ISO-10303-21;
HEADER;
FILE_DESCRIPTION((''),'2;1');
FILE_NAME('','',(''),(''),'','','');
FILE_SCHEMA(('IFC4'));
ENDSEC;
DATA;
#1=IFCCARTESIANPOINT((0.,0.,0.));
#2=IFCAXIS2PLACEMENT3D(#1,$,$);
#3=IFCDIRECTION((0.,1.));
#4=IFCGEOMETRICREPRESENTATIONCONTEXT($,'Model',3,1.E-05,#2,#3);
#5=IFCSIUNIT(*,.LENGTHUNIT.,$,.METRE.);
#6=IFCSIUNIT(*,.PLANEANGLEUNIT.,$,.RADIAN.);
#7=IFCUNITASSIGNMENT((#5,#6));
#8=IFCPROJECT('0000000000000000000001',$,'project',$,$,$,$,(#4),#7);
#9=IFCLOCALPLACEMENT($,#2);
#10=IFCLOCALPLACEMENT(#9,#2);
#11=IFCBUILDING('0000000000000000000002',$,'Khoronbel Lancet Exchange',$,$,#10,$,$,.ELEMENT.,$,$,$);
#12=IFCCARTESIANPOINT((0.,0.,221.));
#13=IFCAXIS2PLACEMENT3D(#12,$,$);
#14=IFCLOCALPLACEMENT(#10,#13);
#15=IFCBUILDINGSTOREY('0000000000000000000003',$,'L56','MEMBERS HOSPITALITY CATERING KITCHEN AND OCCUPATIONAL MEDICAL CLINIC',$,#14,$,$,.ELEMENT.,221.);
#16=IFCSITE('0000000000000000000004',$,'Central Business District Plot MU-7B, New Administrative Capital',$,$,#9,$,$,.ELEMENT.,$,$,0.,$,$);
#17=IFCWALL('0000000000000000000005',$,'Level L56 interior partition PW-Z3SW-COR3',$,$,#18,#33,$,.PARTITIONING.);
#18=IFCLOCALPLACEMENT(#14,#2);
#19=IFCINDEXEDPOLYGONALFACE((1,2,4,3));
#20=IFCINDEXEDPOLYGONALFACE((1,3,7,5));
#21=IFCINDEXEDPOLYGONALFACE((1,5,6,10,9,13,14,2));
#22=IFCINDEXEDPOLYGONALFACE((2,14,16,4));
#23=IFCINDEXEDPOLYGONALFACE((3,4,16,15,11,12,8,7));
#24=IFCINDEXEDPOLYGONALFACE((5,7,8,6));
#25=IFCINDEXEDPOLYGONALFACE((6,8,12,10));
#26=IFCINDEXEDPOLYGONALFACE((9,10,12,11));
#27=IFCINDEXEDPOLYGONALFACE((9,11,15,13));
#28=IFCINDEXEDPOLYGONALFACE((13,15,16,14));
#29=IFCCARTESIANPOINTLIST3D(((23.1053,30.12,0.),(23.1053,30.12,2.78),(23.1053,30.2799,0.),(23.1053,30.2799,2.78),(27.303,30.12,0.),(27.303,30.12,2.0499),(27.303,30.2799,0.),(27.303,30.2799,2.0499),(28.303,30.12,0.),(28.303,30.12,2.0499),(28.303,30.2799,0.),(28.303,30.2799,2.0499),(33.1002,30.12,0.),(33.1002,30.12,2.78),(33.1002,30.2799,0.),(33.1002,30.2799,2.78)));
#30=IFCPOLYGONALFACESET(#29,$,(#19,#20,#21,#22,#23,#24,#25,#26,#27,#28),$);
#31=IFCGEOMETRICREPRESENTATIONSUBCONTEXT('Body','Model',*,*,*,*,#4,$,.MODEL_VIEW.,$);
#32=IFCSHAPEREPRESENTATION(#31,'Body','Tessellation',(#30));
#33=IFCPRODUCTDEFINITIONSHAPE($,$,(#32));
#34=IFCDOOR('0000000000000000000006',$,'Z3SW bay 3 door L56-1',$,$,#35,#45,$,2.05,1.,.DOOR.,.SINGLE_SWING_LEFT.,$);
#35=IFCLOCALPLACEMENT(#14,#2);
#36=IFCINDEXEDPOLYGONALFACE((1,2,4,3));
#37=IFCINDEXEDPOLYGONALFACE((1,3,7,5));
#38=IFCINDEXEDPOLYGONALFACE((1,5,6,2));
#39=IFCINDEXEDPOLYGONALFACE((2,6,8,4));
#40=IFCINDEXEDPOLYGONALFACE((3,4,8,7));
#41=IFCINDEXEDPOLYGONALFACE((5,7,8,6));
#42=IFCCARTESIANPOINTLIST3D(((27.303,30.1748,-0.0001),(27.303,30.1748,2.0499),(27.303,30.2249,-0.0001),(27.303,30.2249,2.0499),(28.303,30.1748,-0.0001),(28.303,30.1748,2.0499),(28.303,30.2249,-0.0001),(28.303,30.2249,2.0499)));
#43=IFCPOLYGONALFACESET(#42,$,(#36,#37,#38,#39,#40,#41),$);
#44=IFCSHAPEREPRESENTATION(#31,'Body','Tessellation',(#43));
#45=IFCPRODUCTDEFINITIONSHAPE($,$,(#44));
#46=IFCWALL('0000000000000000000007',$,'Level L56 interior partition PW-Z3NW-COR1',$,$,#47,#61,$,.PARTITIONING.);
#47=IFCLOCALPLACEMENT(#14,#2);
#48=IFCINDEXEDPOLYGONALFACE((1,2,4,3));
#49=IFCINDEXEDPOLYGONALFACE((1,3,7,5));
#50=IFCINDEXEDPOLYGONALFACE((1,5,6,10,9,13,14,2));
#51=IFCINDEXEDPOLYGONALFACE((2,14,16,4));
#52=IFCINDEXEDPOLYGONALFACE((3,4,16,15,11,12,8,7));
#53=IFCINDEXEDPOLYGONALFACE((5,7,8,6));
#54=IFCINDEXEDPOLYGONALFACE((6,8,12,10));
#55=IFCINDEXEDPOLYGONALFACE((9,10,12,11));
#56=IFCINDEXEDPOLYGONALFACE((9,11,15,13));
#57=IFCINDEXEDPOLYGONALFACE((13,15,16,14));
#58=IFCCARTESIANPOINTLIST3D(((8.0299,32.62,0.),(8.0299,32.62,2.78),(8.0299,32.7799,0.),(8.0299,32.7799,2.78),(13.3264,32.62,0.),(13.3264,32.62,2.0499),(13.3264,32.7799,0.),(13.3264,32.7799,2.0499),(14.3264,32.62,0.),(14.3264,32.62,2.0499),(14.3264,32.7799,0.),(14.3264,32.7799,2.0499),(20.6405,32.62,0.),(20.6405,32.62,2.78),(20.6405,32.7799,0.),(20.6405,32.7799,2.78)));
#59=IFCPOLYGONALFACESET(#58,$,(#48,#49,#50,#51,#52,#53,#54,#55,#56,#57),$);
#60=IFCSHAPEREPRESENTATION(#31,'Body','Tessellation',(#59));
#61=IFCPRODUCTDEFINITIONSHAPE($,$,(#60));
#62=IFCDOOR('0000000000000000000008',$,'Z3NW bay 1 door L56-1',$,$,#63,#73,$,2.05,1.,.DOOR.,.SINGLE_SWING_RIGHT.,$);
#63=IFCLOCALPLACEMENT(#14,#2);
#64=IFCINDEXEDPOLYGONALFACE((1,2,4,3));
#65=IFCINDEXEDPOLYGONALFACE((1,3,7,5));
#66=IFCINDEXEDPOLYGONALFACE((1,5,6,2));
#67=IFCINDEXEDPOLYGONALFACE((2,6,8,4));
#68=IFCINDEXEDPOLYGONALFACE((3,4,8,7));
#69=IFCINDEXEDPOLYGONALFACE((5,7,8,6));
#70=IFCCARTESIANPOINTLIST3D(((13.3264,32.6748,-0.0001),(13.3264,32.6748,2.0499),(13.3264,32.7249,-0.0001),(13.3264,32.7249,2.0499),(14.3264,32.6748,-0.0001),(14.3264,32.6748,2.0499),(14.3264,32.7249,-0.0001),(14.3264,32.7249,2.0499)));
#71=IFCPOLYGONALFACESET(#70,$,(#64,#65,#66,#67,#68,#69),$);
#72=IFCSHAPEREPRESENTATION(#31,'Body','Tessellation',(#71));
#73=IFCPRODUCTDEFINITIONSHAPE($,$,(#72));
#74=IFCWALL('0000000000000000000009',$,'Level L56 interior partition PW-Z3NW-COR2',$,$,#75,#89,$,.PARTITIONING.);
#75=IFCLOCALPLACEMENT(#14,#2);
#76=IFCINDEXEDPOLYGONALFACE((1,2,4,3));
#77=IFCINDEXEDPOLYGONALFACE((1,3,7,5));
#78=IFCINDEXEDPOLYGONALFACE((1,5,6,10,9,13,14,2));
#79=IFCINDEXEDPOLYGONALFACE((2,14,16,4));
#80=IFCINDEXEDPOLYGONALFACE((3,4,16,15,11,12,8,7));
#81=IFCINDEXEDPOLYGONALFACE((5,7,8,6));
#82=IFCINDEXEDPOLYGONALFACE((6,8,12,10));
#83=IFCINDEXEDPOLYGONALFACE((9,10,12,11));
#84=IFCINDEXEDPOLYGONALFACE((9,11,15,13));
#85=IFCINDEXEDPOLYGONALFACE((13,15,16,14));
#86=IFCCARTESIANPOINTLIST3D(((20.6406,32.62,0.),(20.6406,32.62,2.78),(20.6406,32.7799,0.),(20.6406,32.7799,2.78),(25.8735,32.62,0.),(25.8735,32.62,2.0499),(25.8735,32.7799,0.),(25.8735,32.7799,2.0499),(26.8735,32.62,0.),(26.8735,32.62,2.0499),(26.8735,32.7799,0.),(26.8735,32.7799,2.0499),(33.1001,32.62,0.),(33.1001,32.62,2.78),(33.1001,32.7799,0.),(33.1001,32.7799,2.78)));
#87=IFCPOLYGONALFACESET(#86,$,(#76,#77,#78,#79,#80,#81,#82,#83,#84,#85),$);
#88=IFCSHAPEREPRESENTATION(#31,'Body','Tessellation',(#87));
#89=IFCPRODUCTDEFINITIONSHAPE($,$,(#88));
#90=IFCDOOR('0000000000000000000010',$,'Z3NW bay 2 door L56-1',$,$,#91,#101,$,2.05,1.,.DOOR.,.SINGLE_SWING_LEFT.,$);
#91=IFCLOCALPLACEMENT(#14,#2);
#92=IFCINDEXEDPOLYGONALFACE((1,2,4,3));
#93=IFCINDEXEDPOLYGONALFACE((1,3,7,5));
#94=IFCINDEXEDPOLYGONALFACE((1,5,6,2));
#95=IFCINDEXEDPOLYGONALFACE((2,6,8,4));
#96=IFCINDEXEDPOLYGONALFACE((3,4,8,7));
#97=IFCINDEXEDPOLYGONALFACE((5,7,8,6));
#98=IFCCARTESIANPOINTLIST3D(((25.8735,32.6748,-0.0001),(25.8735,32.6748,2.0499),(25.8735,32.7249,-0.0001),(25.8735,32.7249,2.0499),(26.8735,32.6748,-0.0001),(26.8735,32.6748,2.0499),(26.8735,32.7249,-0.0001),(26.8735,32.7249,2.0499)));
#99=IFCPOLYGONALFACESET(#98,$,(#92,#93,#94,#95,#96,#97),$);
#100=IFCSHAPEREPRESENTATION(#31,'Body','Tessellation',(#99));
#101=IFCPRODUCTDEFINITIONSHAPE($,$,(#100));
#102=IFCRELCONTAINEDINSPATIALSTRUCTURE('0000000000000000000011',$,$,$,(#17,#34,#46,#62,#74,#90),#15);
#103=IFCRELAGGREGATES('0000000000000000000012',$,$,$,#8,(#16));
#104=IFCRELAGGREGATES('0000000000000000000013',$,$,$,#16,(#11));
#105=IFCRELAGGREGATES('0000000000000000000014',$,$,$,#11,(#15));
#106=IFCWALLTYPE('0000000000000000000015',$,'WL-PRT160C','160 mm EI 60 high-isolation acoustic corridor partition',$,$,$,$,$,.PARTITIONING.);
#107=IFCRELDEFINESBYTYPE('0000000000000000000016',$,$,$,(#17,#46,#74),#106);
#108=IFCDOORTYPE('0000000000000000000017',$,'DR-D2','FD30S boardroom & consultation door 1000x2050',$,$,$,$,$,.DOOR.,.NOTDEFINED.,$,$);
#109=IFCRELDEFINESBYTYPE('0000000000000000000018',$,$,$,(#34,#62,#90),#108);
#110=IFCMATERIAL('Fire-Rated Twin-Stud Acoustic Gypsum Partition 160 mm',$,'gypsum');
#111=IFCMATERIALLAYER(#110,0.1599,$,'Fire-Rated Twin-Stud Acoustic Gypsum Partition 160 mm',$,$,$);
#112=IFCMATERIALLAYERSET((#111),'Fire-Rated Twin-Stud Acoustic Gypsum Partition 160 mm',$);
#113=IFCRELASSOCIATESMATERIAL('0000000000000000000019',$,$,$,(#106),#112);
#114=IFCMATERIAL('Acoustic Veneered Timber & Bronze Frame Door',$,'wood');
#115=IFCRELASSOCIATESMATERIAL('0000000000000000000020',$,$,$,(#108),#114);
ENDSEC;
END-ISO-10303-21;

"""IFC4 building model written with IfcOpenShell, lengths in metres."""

from ifc_helpers import new_model, si_unit, direction, frame, frame_2d, origin, place, context, subcontext, project, spatial, rectangle, extrude, material, layer, layer_set, type_object, element, fill, save


model = new_model("IFC4")

# Units and contexts
model_context = context("Model", 3, precision=1e-05, world=origin(), true_north=direction((0.0, 1.0)))
body_context = subcontext(model_context, "Body", "Model", "MODEL_VIEW")
ifc_project = project(units=[si_unit("LENGTHUNIT", "METRE"), si_unit("PLANEANGLEUNIT", "RADIAN")], contexts=[model_context])

# Site, building, storey
site_placement = place(None, origin())
site = spatial("IfcSite", under=ifc_project, at=site_placement, Name="Central Business District Plot MU-7B, New Administrative Capital", CompositionType="ELEMENT", RefElevation=0.0)
building_placement = place(site_placement, origin())
building = spatial("IfcBuilding", under=site, at=building_placement, Name="Khoronbel Lancet Exchange", CompositionType="ELEMENT")
storey_placement = place(building_placement, frame((0.0, 0.0, 221.0)))
storey = spatial("IfcBuildingStorey", under=building, at=storey_placement, Name="L56", Description="MEMBERS HOSPITALITY CATERING KITCHEN AND OCCUPATIONAL MEDICAL CLINIC", CompositionType="ELEMENT", Elevation=221.0)

# Walls, openings, doors
ifc_material_1 = material(Name="Fire-Rated Twin-Stud Acoustic Gypsum Partition 160 mm", Category="gypsum")
ifc_layer_1 = layer(ifc_material_1, 0.1599, Name="Fire-Rated Twin-Stud Acoustic Gypsum Partition 160 mm")
ifc_layer_set_1 = layer_set([ifc_layer_1], Name="Fire-Rated Twin-Stud Acoustic Gypsum Partition 160 mm")
wall_type_1 = type_object("IfcWallType", Name="WL-PRT160C", Description="160 mm EI 60 high-isolation acoustic corridor partition", PredefinedType="PARTITIONING", material=ifc_layer_set_1)
ifc_material_2 = material(Name="Acoustic Veneered Timber & Bronze Frame Door", Category="wood")
door_type_1 = type_object("IfcDoorType", Name="DR-D2", Description="FD30S boardroom & consultation door 1000x2050", OperationType="NOTDEFINED", PredefinedType="DOOR", material=ifc_material_2)
wall_1_placement = place(storey_placement, frame((23.1052, 30.2, 0.0), z_axis=(0.0, 0.0, 1.0), x_axis=(1.0, 0.0, 0.0)))
wall_1 = element("IfcWall", 1, at=wall_1_placement, inside=storey, type_object=wall_type_1, Name="Level L56 interior partition PW-Z3SW-COR3", PredefinedType="PARTITIONING", context=body_context, shape_type="SweptSolid", body=[
    extrude(rectangle(XDim=9.9949, YDim=0.1599, at=frame_2d((4.9976, 0.0))), origin(), (0.0, 0.0, 1.0), 2.78),
])
opening_1_placement = place(wall_1_placement, frame((4.1978, 0.0, 0.0)))
opening_1 = element("IfcOpeningElement", 2, at=opening_1_placement, cuts=wall_1, PredefinedType="OPENING", context=body_context, shape_type="SweptSolid", body=[
    extrude(rectangle(XDim=1.0, YDim=2.05, at=frame_2d((0.5, 1.0249))), frame((0.0, 0.0898, 0.0), z_axis=(0.0, -1.0, 0.0), x_axis=(1.0, 0.0, 0.0)), (0.0, 0.0, 1.0), 0.1799),
])
door_1_placement = place(opening_1_placement, origin())
door_1 = element("IfcDoor", 3, at=door_1_placement, inside=storey, type_object=door_type_1, Name="Z3SW bay 3 door L56-1", OperationType="SINGLE_SWING_LEFT", OverallHeight=2.05, OverallWidth=1.0, PredefinedType="DOOR", context=body_context, shape_type="SweptSolid", body=[
    extrude(rectangle(XDim=1.0, YDim=2.05, at=frame_2d((0.5, 1.0249))), frame((0.0, 0.0249, 0.0), z_axis=(0.0, -1.0, 0.0), x_axis=(1.0, 0.0, 0.0)), (0.0, 0.0, 1.0), 0.05),
])
fill(opening_1, door_1)
wall_2_placement = place(storey_placement, frame((8.03, 32.7, 0.0), z_axis=(0.0, 0.0, 1.0), x_axis=(1.0, 0.0, 0.0)))
wall_2 = element("IfcWall", 4, at=wall_2_placement, inside=storey, type_object=wall_type_1, Name="Level L56 interior partition PW-Z3NW-COR1", PredefinedType="PARTITIONING", context=body_context, shape_type="SweptSolid", body=[
    extrude(rectangle(XDim=12.6106, YDim=0.1599, at=frame_2d((6.3052, 0.0))), origin(), (0.0, 0.0, 1.0), 2.78),
])
opening_2_placement = place(wall_2_placement, frame((5.2964, 0.0, 0.0)))
opening_2 = element("IfcOpeningElement", 5, at=opening_2_placement, cuts=wall_2, PredefinedType="OPENING", context=body_context, shape_type="SweptSolid", body=[
    extrude(rectangle(XDim=1.0, YDim=2.05, at=frame_2d((0.5, 1.0249))), frame((0.0, 0.0898, 0.0), z_axis=(0.0, -1.0, 0.0), x_axis=(1.0, 0.0, 0.0)), (0.0, 0.0, 1.0), 0.1799),
])
door_2_placement = place(opening_2_placement, origin())
door_2 = element("IfcDoor", 6, at=door_2_placement, inside=storey, type_object=door_type_1, Name="Z3NW bay 1 door L56-1", OperationType="SINGLE_SWING_RIGHT", OverallHeight=2.05, OverallWidth=1.0, PredefinedType="DOOR", context=body_context, shape_type="SweptSolid", body=[
    extrude(rectangle(XDim=1.0, YDim=2.05, at=frame_2d((0.5, 1.0249))), frame((0.0, 0.0249, 0.0), z_axis=(0.0, -1.0, 0.0), x_axis=(1.0, 0.0, 0.0)), (0.0, 0.0, 1.0), 0.05),
])
fill(opening_2, door_2)
wall_3_placement = place(storey_placement, frame((20.6406, 32.7, 0.0), z_axis=(0.0, 0.0, 1.0), x_axis=(1.0, 0.0, 0.0)))
wall_3 = element("IfcWall", 7, at=wall_3_placement, inside=storey, type_object=wall_type_1, Name="Level L56 interior partition PW-Z3NW-COR2", PredefinedType="PARTITIONING", context=body_context, shape_type="SweptSolid", body=[
    extrude(rectangle(XDim=12.4595, YDim=0.1599, at=frame_2d((6.2297, 0.0))), origin(), (0.0, 0.0, 1.0), 2.78),
])
opening_3_placement = place(wall_3_placement, frame((5.2329, 0.0, 0.0)))
opening_3 = element("IfcOpeningElement", 8, at=opening_3_placement, cuts=wall_3, PredefinedType="OPENING", context=body_context, shape_type="SweptSolid", body=[
    extrude(rectangle(XDim=1.0, YDim=2.05, at=frame_2d((0.5, 1.0249))), frame((0.0, 0.0898, 0.0), z_axis=(0.0, -1.0, 0.0), x_axis=(1.0, 0.0, 0.0)), (0.0, 0.0, 1.0), 0.1799),
])
door_3_placement = place(opening_3_placement, origin())
door_3 = element("IfcDoor", 9, at=door_3_placement, inside=storey, type_object=door_type_1, Name="Z3NW bay 2 door L56-1", OperationType="SINGLE_SWING_LEFT", OverallHeight=2.05, OverallWidth=1.0, PredefinedType="DOOR", context=body_context, shape_type="SweptSolid", body=[
    extrude(rectangle(XDim=1.0, YDim=2.05, at=frame_2d((0.5, 1.0249))), frame((0.0, 0.0249, 0.0), z_axis=(0.0, -1.0, 0.0), x_axis=(1.0, 0.0, 0.0)), (0.0, 0.0, 1.0), 0.05),
])
fill(opening_3, door_3)

save(model, "model.ifc")
